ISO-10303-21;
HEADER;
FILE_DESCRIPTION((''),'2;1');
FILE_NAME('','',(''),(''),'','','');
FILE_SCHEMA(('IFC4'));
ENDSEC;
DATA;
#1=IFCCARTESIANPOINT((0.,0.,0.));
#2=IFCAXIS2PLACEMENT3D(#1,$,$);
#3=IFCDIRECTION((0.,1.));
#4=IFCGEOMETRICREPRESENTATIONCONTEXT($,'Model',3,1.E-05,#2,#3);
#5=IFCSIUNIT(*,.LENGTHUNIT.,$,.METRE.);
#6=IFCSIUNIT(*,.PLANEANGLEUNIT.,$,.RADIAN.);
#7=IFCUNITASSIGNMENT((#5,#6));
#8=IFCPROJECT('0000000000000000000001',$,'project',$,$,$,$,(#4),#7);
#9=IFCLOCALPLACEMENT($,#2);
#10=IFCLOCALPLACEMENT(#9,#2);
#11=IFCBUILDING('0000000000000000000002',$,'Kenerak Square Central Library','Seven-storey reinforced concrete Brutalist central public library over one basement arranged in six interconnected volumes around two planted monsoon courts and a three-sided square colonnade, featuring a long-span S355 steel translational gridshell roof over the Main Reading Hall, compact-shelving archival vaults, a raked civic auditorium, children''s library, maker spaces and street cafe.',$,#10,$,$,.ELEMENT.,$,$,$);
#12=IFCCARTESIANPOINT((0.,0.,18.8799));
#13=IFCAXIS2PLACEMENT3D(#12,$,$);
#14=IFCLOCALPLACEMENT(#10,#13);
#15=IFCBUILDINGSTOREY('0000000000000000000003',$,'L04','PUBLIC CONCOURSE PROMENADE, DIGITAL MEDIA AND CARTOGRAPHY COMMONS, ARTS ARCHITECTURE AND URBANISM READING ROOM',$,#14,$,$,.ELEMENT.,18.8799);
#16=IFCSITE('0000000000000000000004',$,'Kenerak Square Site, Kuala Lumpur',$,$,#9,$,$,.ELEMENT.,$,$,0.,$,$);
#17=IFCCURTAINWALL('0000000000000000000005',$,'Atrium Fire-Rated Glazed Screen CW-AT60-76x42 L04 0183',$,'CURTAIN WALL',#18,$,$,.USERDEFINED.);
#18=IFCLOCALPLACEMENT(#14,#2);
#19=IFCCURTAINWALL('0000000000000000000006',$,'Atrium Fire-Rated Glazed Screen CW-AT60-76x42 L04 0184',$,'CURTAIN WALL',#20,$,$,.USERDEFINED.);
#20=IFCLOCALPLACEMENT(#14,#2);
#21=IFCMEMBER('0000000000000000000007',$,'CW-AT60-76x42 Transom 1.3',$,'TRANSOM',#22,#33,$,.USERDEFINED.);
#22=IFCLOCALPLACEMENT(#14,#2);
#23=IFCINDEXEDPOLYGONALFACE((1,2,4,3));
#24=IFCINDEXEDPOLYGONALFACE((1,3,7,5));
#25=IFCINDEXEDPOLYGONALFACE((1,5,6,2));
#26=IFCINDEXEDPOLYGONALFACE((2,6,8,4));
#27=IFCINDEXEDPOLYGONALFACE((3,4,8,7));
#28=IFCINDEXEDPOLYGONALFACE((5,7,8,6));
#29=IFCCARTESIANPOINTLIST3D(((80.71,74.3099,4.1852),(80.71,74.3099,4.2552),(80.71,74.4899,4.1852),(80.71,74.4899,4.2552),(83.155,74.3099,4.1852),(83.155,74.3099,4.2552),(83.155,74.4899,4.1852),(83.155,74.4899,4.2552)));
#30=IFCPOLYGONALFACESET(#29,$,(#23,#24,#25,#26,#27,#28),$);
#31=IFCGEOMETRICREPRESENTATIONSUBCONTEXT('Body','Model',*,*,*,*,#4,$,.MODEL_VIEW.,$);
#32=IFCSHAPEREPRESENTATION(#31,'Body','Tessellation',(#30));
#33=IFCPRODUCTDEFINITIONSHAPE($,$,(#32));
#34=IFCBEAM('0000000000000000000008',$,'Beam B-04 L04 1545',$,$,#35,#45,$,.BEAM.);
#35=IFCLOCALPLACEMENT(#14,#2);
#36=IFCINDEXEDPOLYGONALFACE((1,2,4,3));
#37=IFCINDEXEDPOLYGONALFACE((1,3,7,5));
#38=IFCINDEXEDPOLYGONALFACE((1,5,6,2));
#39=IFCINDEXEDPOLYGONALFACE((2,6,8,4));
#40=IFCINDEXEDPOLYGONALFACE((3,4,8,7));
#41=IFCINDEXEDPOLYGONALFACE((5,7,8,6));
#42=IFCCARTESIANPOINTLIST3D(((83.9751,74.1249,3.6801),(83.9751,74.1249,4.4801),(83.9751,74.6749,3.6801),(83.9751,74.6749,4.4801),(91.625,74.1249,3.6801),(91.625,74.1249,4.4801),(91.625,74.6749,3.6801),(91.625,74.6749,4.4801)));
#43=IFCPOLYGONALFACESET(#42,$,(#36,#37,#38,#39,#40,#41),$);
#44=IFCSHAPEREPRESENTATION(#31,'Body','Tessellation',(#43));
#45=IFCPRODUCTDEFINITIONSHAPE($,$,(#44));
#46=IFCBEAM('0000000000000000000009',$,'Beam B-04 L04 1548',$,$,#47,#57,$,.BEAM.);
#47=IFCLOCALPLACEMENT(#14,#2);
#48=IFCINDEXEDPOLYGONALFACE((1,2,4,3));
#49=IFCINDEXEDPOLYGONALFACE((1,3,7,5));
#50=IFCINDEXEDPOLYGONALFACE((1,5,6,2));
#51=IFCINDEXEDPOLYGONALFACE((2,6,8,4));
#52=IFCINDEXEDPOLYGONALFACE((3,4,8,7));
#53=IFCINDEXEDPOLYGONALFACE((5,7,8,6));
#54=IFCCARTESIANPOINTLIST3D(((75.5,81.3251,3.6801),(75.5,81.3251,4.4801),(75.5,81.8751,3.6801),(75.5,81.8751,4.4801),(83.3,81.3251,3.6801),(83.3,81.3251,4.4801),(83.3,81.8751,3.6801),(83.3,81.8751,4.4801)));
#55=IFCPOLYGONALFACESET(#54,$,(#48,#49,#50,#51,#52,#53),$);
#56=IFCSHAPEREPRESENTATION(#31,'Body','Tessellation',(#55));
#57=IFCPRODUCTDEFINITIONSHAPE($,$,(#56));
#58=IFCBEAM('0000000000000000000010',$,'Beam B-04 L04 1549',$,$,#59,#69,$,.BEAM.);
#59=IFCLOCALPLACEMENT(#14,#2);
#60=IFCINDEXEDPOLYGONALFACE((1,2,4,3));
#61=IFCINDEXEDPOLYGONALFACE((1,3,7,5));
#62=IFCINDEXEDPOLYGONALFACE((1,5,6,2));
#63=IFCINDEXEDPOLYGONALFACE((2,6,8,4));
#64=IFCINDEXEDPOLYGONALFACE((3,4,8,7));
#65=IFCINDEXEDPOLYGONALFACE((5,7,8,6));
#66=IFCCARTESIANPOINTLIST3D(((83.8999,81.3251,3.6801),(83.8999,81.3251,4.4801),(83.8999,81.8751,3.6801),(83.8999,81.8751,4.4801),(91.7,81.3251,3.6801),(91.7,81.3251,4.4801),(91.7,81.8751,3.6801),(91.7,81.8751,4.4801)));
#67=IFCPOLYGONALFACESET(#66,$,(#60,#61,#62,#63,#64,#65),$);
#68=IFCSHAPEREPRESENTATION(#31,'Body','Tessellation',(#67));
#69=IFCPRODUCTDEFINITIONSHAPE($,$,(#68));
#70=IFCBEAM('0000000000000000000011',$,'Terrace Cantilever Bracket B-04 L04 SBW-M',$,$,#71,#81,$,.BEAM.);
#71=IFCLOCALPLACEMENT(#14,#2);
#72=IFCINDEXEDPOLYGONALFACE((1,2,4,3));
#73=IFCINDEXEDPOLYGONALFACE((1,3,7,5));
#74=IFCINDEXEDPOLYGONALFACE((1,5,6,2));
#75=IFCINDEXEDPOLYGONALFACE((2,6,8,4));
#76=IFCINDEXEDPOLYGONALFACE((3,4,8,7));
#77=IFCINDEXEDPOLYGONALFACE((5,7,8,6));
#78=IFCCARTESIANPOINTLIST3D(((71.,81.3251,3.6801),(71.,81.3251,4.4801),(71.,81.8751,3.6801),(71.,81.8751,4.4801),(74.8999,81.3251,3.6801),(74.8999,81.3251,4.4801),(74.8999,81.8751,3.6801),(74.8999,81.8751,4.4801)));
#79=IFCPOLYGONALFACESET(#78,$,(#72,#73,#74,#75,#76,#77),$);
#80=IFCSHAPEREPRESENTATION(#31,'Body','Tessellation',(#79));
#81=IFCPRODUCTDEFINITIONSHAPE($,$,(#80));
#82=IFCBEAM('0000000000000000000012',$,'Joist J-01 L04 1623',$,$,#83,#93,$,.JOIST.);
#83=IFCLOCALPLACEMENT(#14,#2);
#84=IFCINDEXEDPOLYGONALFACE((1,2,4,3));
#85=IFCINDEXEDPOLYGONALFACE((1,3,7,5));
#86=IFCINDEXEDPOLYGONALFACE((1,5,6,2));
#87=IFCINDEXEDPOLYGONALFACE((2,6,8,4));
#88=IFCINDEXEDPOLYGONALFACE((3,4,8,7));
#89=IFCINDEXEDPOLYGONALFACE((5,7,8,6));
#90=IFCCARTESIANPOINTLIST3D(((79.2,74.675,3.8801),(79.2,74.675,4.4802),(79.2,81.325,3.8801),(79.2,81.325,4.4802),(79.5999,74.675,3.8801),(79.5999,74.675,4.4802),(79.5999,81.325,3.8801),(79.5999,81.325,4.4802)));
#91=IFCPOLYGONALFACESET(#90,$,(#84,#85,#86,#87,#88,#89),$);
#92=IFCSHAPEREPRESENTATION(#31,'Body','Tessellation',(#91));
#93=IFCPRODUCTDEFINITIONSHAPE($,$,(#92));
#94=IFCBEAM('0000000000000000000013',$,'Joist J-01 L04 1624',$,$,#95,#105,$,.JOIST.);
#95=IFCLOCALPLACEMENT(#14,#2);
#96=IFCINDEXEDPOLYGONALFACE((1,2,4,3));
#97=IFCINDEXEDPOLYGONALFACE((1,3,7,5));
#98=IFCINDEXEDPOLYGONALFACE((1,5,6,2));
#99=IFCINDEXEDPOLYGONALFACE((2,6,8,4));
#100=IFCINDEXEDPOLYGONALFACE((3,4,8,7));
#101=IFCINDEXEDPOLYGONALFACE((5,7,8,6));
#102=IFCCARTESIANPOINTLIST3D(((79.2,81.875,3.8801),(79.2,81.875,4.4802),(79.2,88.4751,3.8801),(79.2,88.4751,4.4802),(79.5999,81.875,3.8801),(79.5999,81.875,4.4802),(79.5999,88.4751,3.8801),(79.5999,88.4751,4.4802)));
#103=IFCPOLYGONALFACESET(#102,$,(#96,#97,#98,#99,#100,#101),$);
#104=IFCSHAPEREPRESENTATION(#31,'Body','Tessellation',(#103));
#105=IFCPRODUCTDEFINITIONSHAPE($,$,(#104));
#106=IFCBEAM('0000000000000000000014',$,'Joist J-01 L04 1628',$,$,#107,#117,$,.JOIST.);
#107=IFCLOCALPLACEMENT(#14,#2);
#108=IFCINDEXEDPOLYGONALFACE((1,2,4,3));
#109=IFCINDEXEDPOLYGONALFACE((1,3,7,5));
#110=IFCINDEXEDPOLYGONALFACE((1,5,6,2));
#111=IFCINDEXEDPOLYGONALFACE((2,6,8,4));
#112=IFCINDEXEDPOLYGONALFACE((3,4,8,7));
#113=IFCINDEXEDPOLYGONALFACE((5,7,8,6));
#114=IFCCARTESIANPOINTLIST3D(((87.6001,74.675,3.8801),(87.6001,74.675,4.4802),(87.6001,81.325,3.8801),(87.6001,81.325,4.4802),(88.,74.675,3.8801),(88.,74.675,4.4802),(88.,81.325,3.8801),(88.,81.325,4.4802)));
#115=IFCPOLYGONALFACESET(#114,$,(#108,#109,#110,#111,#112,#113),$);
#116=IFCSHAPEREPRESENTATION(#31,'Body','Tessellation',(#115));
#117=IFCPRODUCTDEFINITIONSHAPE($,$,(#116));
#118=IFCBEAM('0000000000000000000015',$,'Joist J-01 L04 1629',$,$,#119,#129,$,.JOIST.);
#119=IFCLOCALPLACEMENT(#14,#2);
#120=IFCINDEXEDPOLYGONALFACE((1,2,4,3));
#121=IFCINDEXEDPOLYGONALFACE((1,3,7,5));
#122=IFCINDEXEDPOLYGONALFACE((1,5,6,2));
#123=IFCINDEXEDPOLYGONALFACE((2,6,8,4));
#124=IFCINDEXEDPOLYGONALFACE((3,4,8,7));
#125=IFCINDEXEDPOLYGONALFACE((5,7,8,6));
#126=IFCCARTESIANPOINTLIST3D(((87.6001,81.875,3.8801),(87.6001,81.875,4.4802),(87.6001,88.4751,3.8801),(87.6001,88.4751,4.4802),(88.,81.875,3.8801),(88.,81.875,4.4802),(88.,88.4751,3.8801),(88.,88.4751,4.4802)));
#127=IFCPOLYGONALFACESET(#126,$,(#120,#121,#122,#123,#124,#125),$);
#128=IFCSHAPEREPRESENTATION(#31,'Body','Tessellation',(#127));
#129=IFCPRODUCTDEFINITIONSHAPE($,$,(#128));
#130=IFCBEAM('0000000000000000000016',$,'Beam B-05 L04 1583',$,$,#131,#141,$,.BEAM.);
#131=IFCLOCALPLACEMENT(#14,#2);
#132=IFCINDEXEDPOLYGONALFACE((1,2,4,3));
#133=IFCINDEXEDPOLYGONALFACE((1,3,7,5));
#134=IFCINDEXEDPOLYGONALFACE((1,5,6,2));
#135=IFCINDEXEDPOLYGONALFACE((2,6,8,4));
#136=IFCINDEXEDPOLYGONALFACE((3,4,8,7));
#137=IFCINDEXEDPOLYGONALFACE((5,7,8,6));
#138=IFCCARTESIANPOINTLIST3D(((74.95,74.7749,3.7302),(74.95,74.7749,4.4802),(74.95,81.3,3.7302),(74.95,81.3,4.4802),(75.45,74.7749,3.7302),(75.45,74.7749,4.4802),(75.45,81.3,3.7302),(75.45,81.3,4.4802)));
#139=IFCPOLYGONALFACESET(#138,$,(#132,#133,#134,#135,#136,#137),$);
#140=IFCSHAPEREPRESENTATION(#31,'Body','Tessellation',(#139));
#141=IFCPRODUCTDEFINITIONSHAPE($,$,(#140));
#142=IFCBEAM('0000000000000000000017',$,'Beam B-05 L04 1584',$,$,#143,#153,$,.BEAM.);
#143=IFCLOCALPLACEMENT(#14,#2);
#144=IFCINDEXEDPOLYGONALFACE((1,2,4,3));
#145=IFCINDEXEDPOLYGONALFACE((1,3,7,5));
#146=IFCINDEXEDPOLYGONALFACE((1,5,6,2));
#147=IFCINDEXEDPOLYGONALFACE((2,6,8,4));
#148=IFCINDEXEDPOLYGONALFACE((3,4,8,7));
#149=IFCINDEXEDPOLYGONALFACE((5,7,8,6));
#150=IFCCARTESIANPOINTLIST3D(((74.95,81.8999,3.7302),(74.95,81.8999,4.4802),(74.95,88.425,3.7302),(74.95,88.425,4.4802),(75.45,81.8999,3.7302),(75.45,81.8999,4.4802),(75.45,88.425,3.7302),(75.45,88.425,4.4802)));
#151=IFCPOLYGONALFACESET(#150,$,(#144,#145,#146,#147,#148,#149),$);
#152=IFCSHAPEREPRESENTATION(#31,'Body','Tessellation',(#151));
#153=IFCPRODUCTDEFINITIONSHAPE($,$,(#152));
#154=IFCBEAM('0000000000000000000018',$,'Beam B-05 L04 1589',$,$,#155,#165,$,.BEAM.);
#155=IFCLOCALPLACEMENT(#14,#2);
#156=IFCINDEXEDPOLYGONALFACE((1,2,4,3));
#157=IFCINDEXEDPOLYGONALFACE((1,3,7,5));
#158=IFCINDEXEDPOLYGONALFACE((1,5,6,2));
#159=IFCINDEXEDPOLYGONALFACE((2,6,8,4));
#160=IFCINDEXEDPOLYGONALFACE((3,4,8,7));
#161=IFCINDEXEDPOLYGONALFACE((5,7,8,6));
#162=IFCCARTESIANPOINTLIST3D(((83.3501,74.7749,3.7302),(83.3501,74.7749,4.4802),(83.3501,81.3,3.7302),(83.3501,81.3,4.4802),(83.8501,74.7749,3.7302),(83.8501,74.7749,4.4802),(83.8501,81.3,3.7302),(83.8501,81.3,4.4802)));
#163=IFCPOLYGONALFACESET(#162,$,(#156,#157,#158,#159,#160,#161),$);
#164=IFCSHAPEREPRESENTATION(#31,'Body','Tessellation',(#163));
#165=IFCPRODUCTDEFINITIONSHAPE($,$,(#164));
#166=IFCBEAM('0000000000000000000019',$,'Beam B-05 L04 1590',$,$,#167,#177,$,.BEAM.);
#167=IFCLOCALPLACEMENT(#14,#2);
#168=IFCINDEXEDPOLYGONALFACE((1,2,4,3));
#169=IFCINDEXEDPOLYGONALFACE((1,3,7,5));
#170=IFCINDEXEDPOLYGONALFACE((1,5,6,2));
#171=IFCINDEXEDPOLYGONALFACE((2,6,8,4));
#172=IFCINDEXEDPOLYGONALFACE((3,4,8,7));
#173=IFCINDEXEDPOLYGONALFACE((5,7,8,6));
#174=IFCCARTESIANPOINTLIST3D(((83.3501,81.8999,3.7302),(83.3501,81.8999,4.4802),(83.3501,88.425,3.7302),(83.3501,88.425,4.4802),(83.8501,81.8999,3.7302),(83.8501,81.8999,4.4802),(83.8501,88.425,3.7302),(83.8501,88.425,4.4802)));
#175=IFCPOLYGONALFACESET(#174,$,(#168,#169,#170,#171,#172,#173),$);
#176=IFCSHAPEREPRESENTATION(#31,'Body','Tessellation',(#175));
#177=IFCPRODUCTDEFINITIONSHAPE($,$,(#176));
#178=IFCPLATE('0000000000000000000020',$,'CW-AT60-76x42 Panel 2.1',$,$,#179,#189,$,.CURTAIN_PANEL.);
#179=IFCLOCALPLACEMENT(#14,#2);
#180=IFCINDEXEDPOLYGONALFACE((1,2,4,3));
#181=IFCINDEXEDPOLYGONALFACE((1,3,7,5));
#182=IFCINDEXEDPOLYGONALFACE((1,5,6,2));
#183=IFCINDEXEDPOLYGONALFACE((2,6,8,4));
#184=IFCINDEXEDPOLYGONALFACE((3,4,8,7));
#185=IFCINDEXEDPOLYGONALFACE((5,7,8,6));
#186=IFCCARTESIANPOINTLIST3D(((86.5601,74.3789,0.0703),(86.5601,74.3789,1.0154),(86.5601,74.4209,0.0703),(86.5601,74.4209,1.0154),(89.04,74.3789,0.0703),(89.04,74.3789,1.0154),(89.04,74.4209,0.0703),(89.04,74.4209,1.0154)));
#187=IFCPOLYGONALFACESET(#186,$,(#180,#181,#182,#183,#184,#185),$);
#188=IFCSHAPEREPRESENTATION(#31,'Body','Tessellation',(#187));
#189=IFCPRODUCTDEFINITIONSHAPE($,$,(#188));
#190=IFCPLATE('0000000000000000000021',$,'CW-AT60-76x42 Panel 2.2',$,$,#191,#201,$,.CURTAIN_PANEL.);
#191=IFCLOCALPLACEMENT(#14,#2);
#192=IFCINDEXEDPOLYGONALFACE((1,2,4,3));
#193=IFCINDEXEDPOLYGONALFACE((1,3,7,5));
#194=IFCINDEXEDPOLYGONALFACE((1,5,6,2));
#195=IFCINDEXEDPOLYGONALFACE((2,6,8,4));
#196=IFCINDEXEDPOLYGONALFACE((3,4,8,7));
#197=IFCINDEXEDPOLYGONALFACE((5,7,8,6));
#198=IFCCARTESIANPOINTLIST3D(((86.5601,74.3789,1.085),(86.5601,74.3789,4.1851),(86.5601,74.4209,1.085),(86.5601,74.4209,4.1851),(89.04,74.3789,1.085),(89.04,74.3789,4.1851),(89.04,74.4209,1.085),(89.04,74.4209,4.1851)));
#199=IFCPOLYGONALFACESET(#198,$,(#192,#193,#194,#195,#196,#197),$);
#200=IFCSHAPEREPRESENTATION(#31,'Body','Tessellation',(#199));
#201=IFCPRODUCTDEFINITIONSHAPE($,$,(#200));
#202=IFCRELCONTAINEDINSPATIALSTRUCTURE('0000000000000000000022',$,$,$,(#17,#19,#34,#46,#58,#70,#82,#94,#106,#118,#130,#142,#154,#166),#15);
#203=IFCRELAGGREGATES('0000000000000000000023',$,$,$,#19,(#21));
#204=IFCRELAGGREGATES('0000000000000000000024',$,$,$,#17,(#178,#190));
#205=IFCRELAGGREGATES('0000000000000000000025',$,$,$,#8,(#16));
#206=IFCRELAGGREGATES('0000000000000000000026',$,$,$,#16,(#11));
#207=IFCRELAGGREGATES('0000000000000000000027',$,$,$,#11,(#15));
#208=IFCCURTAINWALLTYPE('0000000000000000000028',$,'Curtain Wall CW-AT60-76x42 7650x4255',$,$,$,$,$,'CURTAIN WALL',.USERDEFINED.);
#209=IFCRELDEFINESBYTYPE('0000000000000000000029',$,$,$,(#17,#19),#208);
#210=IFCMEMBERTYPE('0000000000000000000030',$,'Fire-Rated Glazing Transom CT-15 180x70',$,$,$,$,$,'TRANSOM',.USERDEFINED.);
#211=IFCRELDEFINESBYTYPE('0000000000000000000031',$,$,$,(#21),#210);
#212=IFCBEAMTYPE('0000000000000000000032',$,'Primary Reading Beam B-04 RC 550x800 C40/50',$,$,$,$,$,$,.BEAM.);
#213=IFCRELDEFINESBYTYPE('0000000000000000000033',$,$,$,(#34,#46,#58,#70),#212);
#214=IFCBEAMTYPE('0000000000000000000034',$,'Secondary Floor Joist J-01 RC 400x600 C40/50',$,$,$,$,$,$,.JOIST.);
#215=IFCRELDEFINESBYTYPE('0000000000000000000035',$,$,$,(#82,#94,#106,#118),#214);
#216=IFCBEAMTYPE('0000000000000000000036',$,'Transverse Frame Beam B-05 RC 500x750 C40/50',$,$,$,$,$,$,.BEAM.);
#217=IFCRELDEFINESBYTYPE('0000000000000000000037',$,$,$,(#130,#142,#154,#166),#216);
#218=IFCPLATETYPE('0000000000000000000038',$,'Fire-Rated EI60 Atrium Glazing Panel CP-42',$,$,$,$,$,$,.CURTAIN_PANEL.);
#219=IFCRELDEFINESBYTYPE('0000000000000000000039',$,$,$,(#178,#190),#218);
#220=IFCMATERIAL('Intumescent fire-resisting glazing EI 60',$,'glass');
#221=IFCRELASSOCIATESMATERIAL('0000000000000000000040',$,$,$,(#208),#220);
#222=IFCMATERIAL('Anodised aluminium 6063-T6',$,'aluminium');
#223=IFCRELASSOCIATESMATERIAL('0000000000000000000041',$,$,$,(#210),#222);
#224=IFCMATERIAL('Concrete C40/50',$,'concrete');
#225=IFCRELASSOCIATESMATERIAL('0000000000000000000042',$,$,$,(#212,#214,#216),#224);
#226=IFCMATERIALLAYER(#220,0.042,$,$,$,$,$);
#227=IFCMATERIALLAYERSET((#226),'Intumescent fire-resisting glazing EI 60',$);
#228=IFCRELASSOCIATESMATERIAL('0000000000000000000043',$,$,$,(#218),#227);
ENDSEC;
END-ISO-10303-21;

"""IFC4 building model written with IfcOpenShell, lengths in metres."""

from ifc_helpers import new_model, si_unit, direction, frame, origin, origin_2d, place, context, subcontext, project, spatial, rectangle, extrude, material, layer, layer_set, material_profile, profile_set, type_object, element, aggregate, save


model = new_model("IFC4")

# Units and contexts
model_context = context("Model", 3, precision=1e-05, world=origin(), true_north=direction((0.0, 1.0)))
body_context = subcontext(model_context, "Body", "Model", "MODEL_VIEW")
ifc_project = project(units=[si_unit("LENGTHUNIT", "METRE"), si_unit("PLANEANGLEUNIT", "RADIAN")], contexts=[model_context])

# Site, building, storey
site_placement = place(None, origin())
site = spatial("IfcSite", under=ifc_project, at=site_placement, Name="Kenerak Square Site, Kuala Lumpur", CompositionType="ELEMENT", RefElevation=0.0)
building_placement = place(site_placement, origin())
building = spatial("IfcBuilding", under=site, at=building_placement, Name="Kenerak Square Central Library", Description="Seven-storey reinforced concrete Brutalist central public library over one basement arranged in six interconnected volumes around two planted monsoon courts and a three-sided square colonnade, featuring a long-span S355 steel translational gridshell roof over the Main Reading Hall, compact-shelving archival vaults, a raked civic auditorium, children's library, maker spaces and street cafe.", CompositionType="ELEMENT")
storey_placement = place(building_placement, frame((0.0, 0.0, 18.8799)))
storey = spatial("IfcBuildingStorey", under=building, at=storey_placement, Name="L04", Description="PUBLIC CONCOURSE PROMENADE, DIGITAL MEDIA AND CARTOGRAPHY COMMONS, ARTS ARCHITECTURE AND URBANISM READING ROOM", CompositionType="ELEMENT", Elevation=18.8799)

# Shared definitions
ifc_material_1 = material(Name="Concrete C40/50", Category="concrete")

# Shared definitions
ifc_material_2 = material(Name="Anodised aluminium 6063-T6", Category="aluminium")

# Curtain wall
ifc_material_3 = material(Name="Intumescent fire-resisting glazing EI 60", Category="glass")
curtain_wall_type_1 = type_object("IfcCurtainWallType", Name="Curtain Wall CW-AT60-76x42 7650x4255", ElementType="CURTAIN WALL", PredefinedType="USERDEFINED", material=ifc_material_3)
curtain_wall_1_placement = place(storey_placement, origin())
curtain_wall_1 = element("IfcCurtainWall", 1, at=curtain_wall_1_placement, inside=storey, type_object=curtain_wall_type_1, Name="Atrium Fire-Rated Glazed Screen CW-AT60-76x42 L04 0183", ObjectType="CURTAIN WALL", PredefinedType="USERDEFINED")

# Curtain wall
curtain_wall_2_placement = place(storey_placement, origin())
curtain_wall_2 = element("IfcCurtainWall", 2, at=curtain_wall_2_placement, inside=storey, type_object=curtain_wall_type_1, Name="Atrium Fire-Rated Glazed Screen CW-AT60-76x42 L04 0184", ObjectType="CURTAIN WALL", PredefinedType="USERDEFINED")

# Member
ifc_material_profile_1 = material_profile(ifc_material_2, rectangle(XDim=0.1799, YDim=0.0701, at=origin_2d()), Name="AL TRANSOM 180x70")
ifc_profile_set_1 = profile_set([ifc_material_profile_1], Name="Anodised aluminium 6063-T6")
member_type_1 = type_object("IfcMemberType", Name="Fire-Rated Glazing Transom CT-15 180x70", ElementType="TRANSOM", PredefinedType="USERDEFINED", material=ifc_profile_set_1)
member_1_placement = place(storey_placement, frame((83.155, 74.3999, 4.2202), z_axis=(-1.0, 0.0, 0.0), x_axis=(0.0, -1.0, 0.0)))
member_1 = element("IfcMember", 3, at=member_1_placement, type_object=member_type_1, Name="CW-AT60-76x42 Transom 1.3", ObjectType="TRANSOM", PredefinedType="USERDEFINED", context=body_context, shape_type="SweptSolid", body=[
    extrude(rectangle(XDim=0.1799, YDim=0.0701, at=origin_2d()), origin(), (0.0, 0.0, 1.0), 2.4451),
])
aggregate(curtain_wall_2, [member_1])

# Beams
ifc_material_profile_2 = material_profile(ifc_material_1, rectangle(XDim=0.55, YDim=0.8, at=origin_2d()), Name="RC 550x800")
ifc_profile_set_2 = profile_set([ifc_material_profile_2], Name="Concrete C40/50")
beam_type_1 = type_object("IfcBeamType", Name="Primary Reading Beam B-04 RC 550x800 C40/50", PredefinedType="BEAM", material=ifc_profile_set_2)
beam_1_placement = place(storey_placement, frame((83.9751, 74.3999, 4.0801), z_axis=(1.0, 0.0, 0.0), x_axis=(0.0, 1.0, 0.0)))
element("IfcBeam", 4, at=beam_1_placement, inside=storey, type_object=beam_type_1, Name="Beam B-04 L04 1545", PredefinedType="BEAM", context=body_context, shape_type="SweptSolid", body=[
    extrude(rectangle(XDim=0.55, YDim=0.8, at=origin_2d()), origin(), (0.0, 0.0, 1.0), 7.6499),
])
for number, where, z_axis, x_axis, name in (
    (5, (75.5, 81.6001, 4.0801), (1.0, 0.0, 0.0), (0.0, 1.0, 0.0), "Beam B-04 L04 1548"),
    (6, (83.8999, 81.6001, 4.0801), (1.0, 0.0, 0.0), (0.0, 1.0, 0.0), "Beam B-04 L04 1549"),
):
    element("IfcBeam", number, at=place(storey_placement, frame(where, z_axis=z_axis, x_axis=x_axis)), inside=storey, type_object=beam_type_1, Name=name, PredefinedType="BEAM", context=body_context, shape_type="SweptSolid", body=[
        extrude(rectangle(XDim=0.55, YDim=0.8, at=origin_2d()), origin(), (0.0, 0.0, 1.0), 7.8),
    ])
beam_2_placement = place(storey_placement, frame((71.0, 81.6001, 4.0801), z_axis=(1.0, 0.0, 0.0), x_axis=(0.0, 1.0, 0.0)))
element("IfcBeam", 7, at=beam_2_placement, inside=storey, type_object=beam_type_1, Name="Terrace Cantilever Bracket B-04 L04 SBW-M", PredefinedType="BEAM", context=body_context, shape_type="SweptSolid", body=[
    extrude(rectangle(XDim=0.55, YDim=0.8, at=origin_2d()), origin(), (0.0, 0.0, 1.0), 3.8999),
])
ifc_material_profile_3 = material_profile(ifc_material_1, rectangle(XDim=0.3999, YDim=0.6001, at=origin_2d()), Name="RC 400x600")
ifc_profile_set_3 = profile_set([ifc_material_profile_3], Name="Concrete C40/50")
beam_type_2 = type_object("IfcBeamType", Name="Secondary Floor Joist J-01 RC 400x600 C40/50", PredefinedType="JOIST", material=ifc_profile_set_3)
beam_3_placement = place(storey_placement, frame((79.3999, 74.675, 4.1802), z_axis=(0.0, 1.0, 0.0), x_axis=(-1.0, 0.0, 0.0)))
element("IfcBeam", 8, at=beam_3_placement, inside=storey, type_object=beam_type_2, Name="Joist J-01 L04 1623", PredefinedType="JOIST", context=body_context, shape_type="SweptSolid", body=[
    extrude(rectangle(XDim=0.3999, YDim=0.6001, at=origin_2d()), origin(), (0.0, 0.0, 1.0), 6.6499),
])
beam_4_placement = place(storey_placement, frame((79.3999, 81.875, 4.1802), z_axis=(0.0, 1.0, 0.0), x_axis=(-1.0, 0.0, 0.0)))
element("IfcBeam", 9, at=beam_4_placement, inside=storey, type_object=beam_type_2, Name="Joist J-01 L04 1624", PredefinedType="JOIST", context=body_context, shape_type="SweptSolid", body=[
    extrude(rectangle(XDim=0.3999, YDim=0.6001, at=origin_2d()), origin(), (0.0, 0.0, 1.0), 6.6001),
])
beam_5_placement = place(storey_placement, frame((87.8, 74.675, 4.1802), z_axis=(0.0, 1.0, 0.0), x_axis=(-1.0, 0.0, 0.0)))
element("IfcBeam", 10, at=beam_5_placement, inside=storey, type_object=beam_type_2, Name="Joist J-01 L04 1628", PredefinedType="JOIST", context=body_context, shape_type="SweptSolid", body=[
    extrude(rectangle(XDim=0.3999, YDim=0.6001, at=origin_2d()), origin(), (0.0, 0.0, 1.0), 6.6499),
])
beam_6_placement = place(storey_placement, frame((87.8, 81.875, 4.1802), z_axis=(0.0, 1.0, 0.0), x_axis=(-1.0, 0.0, 0.0)))
element("IfcBeam", 11, at=beam_6_placement, inside=storey, type_object=beam_type_2, Name="Joist J-01 L04 1629", PredefinedType="JOIST", context=body_context, shape_type="SweptSolid", body=[
    extrude(rectangle(XDim=0.3999, YDim=0.6001, at=origin_2d()), origin(), (0.0, 0.0, 1.0), 6.6001),
])
ifc_material_profile_4 = material_profile(ifc_material_1, rectangle(XDim=0.5, YDim=0.75, at=origin_2d()), Name="RC 500x750")
ifc_profile_set_4 = profile_set([ifc_material_profile_4], Name="Concrete C40/50")
beam_type_3 = type_object("IfcBeamType", Name="Transverse Frame Beam B-05 RC 500x750 C40/50", PredefinedType="BEAM", material=ifc_profile_set_4)
for number, where, z_axis, x_axis, name in (
    (12, (75.2, 74.7749, 4.1052), (0.0, 1.0, 0.0), (-1.0, 0.0, 0.0), "Beam B-05 L04 1583"),
    (13, (75.2, 81.8999, 4.1052), (0.0, 1.0, 0.0), (-1.0, 0.0, 0.0), "Beam B-05 L04 1584"),
    (14, (83.6001, 74.7749, 4.1052), (0.0, 1.0, 0.0), (-1.0, 0.0, 0.0), "Beam B-05 L04 1589"),
    (15, (83.6001, 81.8999, 4.1052), (0.0, 1.0, 0.0), (-1.0, 0.0, 0.0), "Beam B-05 L04 1590"),
):
    element("IfcBeam", number, at=place(storey_placement, frame(where, z_axis=z_axis, x_axis=x_axis)), inside=storey, type_object=beam_type_3, Name=name, PredefinedType="BEAM", context=body_context, shape_type="SweptSolid", body=[
        extrude(rectangle(XDim=0.5, YDim=0.75, at=origin_2d()), origin(), (0.0, 0.0, 1.0), 6.5251),
    ])

# Plates
ifc_layer_1 = layer(ifc_material_3, 0.042)
ifc_layer_set_1 = layer_set([ifc_layer_1], Name="Intumescent fire-resisting glazing EI 60")
plate_type_1 = type_object("IfcPlateType", Name="Fire-Rated EI60 Atrium Glazing Panel CP-42", PredefinedType="CURTAIN_PANEL", material=ifc_layer_set_1)
plate_1_placement = place(storey_placement, frame((87.8, 74.3999, 0.0703), z_axis=(0.0, 0.0, 1.0), x_axis=(-1.0, 0.0, 0.0)))
plate_1 = element("IfcPlate", 16, at=plate_1_placement, type_object=plate_type_1, Name="CW-AT60-76x42 Panel 2.1", PredefinedType="CURTAIN_PANEL", context=body_context, shape_type="SweptSolid", body=[
    extrude(rectangle(XDim=2.48, YDim=0.042, at=origin_2d()), origin(), (0.0, 0.0, 1.0), 0.9451),
])
plate_2_placement = place(storey_placement, frame((87.8, 74.3999, 1.085), z_axis=(0.0, 0.0, 1.0), x_axis=(-1.0, 0.0, 0.0)))
plate_2 = element("IfcPlate", 17, at=plate_2_placement, type_object=plate_type_1, Name="CW-AT60-76x42 Panel 2.2", PredefinedType="CURTAIN_PANEL", context=body_context, shape_type="SweptSolid", body=[
    extrude(rectangle(XDim=2.48, YDim=0.042, at=origin_2d()), origin(), (0.0, 0.0, 1.0), 3.1001),
])
aggregate(curtain_wall_1, [plate_1, plate_2])

save(model, "model.ifc")
